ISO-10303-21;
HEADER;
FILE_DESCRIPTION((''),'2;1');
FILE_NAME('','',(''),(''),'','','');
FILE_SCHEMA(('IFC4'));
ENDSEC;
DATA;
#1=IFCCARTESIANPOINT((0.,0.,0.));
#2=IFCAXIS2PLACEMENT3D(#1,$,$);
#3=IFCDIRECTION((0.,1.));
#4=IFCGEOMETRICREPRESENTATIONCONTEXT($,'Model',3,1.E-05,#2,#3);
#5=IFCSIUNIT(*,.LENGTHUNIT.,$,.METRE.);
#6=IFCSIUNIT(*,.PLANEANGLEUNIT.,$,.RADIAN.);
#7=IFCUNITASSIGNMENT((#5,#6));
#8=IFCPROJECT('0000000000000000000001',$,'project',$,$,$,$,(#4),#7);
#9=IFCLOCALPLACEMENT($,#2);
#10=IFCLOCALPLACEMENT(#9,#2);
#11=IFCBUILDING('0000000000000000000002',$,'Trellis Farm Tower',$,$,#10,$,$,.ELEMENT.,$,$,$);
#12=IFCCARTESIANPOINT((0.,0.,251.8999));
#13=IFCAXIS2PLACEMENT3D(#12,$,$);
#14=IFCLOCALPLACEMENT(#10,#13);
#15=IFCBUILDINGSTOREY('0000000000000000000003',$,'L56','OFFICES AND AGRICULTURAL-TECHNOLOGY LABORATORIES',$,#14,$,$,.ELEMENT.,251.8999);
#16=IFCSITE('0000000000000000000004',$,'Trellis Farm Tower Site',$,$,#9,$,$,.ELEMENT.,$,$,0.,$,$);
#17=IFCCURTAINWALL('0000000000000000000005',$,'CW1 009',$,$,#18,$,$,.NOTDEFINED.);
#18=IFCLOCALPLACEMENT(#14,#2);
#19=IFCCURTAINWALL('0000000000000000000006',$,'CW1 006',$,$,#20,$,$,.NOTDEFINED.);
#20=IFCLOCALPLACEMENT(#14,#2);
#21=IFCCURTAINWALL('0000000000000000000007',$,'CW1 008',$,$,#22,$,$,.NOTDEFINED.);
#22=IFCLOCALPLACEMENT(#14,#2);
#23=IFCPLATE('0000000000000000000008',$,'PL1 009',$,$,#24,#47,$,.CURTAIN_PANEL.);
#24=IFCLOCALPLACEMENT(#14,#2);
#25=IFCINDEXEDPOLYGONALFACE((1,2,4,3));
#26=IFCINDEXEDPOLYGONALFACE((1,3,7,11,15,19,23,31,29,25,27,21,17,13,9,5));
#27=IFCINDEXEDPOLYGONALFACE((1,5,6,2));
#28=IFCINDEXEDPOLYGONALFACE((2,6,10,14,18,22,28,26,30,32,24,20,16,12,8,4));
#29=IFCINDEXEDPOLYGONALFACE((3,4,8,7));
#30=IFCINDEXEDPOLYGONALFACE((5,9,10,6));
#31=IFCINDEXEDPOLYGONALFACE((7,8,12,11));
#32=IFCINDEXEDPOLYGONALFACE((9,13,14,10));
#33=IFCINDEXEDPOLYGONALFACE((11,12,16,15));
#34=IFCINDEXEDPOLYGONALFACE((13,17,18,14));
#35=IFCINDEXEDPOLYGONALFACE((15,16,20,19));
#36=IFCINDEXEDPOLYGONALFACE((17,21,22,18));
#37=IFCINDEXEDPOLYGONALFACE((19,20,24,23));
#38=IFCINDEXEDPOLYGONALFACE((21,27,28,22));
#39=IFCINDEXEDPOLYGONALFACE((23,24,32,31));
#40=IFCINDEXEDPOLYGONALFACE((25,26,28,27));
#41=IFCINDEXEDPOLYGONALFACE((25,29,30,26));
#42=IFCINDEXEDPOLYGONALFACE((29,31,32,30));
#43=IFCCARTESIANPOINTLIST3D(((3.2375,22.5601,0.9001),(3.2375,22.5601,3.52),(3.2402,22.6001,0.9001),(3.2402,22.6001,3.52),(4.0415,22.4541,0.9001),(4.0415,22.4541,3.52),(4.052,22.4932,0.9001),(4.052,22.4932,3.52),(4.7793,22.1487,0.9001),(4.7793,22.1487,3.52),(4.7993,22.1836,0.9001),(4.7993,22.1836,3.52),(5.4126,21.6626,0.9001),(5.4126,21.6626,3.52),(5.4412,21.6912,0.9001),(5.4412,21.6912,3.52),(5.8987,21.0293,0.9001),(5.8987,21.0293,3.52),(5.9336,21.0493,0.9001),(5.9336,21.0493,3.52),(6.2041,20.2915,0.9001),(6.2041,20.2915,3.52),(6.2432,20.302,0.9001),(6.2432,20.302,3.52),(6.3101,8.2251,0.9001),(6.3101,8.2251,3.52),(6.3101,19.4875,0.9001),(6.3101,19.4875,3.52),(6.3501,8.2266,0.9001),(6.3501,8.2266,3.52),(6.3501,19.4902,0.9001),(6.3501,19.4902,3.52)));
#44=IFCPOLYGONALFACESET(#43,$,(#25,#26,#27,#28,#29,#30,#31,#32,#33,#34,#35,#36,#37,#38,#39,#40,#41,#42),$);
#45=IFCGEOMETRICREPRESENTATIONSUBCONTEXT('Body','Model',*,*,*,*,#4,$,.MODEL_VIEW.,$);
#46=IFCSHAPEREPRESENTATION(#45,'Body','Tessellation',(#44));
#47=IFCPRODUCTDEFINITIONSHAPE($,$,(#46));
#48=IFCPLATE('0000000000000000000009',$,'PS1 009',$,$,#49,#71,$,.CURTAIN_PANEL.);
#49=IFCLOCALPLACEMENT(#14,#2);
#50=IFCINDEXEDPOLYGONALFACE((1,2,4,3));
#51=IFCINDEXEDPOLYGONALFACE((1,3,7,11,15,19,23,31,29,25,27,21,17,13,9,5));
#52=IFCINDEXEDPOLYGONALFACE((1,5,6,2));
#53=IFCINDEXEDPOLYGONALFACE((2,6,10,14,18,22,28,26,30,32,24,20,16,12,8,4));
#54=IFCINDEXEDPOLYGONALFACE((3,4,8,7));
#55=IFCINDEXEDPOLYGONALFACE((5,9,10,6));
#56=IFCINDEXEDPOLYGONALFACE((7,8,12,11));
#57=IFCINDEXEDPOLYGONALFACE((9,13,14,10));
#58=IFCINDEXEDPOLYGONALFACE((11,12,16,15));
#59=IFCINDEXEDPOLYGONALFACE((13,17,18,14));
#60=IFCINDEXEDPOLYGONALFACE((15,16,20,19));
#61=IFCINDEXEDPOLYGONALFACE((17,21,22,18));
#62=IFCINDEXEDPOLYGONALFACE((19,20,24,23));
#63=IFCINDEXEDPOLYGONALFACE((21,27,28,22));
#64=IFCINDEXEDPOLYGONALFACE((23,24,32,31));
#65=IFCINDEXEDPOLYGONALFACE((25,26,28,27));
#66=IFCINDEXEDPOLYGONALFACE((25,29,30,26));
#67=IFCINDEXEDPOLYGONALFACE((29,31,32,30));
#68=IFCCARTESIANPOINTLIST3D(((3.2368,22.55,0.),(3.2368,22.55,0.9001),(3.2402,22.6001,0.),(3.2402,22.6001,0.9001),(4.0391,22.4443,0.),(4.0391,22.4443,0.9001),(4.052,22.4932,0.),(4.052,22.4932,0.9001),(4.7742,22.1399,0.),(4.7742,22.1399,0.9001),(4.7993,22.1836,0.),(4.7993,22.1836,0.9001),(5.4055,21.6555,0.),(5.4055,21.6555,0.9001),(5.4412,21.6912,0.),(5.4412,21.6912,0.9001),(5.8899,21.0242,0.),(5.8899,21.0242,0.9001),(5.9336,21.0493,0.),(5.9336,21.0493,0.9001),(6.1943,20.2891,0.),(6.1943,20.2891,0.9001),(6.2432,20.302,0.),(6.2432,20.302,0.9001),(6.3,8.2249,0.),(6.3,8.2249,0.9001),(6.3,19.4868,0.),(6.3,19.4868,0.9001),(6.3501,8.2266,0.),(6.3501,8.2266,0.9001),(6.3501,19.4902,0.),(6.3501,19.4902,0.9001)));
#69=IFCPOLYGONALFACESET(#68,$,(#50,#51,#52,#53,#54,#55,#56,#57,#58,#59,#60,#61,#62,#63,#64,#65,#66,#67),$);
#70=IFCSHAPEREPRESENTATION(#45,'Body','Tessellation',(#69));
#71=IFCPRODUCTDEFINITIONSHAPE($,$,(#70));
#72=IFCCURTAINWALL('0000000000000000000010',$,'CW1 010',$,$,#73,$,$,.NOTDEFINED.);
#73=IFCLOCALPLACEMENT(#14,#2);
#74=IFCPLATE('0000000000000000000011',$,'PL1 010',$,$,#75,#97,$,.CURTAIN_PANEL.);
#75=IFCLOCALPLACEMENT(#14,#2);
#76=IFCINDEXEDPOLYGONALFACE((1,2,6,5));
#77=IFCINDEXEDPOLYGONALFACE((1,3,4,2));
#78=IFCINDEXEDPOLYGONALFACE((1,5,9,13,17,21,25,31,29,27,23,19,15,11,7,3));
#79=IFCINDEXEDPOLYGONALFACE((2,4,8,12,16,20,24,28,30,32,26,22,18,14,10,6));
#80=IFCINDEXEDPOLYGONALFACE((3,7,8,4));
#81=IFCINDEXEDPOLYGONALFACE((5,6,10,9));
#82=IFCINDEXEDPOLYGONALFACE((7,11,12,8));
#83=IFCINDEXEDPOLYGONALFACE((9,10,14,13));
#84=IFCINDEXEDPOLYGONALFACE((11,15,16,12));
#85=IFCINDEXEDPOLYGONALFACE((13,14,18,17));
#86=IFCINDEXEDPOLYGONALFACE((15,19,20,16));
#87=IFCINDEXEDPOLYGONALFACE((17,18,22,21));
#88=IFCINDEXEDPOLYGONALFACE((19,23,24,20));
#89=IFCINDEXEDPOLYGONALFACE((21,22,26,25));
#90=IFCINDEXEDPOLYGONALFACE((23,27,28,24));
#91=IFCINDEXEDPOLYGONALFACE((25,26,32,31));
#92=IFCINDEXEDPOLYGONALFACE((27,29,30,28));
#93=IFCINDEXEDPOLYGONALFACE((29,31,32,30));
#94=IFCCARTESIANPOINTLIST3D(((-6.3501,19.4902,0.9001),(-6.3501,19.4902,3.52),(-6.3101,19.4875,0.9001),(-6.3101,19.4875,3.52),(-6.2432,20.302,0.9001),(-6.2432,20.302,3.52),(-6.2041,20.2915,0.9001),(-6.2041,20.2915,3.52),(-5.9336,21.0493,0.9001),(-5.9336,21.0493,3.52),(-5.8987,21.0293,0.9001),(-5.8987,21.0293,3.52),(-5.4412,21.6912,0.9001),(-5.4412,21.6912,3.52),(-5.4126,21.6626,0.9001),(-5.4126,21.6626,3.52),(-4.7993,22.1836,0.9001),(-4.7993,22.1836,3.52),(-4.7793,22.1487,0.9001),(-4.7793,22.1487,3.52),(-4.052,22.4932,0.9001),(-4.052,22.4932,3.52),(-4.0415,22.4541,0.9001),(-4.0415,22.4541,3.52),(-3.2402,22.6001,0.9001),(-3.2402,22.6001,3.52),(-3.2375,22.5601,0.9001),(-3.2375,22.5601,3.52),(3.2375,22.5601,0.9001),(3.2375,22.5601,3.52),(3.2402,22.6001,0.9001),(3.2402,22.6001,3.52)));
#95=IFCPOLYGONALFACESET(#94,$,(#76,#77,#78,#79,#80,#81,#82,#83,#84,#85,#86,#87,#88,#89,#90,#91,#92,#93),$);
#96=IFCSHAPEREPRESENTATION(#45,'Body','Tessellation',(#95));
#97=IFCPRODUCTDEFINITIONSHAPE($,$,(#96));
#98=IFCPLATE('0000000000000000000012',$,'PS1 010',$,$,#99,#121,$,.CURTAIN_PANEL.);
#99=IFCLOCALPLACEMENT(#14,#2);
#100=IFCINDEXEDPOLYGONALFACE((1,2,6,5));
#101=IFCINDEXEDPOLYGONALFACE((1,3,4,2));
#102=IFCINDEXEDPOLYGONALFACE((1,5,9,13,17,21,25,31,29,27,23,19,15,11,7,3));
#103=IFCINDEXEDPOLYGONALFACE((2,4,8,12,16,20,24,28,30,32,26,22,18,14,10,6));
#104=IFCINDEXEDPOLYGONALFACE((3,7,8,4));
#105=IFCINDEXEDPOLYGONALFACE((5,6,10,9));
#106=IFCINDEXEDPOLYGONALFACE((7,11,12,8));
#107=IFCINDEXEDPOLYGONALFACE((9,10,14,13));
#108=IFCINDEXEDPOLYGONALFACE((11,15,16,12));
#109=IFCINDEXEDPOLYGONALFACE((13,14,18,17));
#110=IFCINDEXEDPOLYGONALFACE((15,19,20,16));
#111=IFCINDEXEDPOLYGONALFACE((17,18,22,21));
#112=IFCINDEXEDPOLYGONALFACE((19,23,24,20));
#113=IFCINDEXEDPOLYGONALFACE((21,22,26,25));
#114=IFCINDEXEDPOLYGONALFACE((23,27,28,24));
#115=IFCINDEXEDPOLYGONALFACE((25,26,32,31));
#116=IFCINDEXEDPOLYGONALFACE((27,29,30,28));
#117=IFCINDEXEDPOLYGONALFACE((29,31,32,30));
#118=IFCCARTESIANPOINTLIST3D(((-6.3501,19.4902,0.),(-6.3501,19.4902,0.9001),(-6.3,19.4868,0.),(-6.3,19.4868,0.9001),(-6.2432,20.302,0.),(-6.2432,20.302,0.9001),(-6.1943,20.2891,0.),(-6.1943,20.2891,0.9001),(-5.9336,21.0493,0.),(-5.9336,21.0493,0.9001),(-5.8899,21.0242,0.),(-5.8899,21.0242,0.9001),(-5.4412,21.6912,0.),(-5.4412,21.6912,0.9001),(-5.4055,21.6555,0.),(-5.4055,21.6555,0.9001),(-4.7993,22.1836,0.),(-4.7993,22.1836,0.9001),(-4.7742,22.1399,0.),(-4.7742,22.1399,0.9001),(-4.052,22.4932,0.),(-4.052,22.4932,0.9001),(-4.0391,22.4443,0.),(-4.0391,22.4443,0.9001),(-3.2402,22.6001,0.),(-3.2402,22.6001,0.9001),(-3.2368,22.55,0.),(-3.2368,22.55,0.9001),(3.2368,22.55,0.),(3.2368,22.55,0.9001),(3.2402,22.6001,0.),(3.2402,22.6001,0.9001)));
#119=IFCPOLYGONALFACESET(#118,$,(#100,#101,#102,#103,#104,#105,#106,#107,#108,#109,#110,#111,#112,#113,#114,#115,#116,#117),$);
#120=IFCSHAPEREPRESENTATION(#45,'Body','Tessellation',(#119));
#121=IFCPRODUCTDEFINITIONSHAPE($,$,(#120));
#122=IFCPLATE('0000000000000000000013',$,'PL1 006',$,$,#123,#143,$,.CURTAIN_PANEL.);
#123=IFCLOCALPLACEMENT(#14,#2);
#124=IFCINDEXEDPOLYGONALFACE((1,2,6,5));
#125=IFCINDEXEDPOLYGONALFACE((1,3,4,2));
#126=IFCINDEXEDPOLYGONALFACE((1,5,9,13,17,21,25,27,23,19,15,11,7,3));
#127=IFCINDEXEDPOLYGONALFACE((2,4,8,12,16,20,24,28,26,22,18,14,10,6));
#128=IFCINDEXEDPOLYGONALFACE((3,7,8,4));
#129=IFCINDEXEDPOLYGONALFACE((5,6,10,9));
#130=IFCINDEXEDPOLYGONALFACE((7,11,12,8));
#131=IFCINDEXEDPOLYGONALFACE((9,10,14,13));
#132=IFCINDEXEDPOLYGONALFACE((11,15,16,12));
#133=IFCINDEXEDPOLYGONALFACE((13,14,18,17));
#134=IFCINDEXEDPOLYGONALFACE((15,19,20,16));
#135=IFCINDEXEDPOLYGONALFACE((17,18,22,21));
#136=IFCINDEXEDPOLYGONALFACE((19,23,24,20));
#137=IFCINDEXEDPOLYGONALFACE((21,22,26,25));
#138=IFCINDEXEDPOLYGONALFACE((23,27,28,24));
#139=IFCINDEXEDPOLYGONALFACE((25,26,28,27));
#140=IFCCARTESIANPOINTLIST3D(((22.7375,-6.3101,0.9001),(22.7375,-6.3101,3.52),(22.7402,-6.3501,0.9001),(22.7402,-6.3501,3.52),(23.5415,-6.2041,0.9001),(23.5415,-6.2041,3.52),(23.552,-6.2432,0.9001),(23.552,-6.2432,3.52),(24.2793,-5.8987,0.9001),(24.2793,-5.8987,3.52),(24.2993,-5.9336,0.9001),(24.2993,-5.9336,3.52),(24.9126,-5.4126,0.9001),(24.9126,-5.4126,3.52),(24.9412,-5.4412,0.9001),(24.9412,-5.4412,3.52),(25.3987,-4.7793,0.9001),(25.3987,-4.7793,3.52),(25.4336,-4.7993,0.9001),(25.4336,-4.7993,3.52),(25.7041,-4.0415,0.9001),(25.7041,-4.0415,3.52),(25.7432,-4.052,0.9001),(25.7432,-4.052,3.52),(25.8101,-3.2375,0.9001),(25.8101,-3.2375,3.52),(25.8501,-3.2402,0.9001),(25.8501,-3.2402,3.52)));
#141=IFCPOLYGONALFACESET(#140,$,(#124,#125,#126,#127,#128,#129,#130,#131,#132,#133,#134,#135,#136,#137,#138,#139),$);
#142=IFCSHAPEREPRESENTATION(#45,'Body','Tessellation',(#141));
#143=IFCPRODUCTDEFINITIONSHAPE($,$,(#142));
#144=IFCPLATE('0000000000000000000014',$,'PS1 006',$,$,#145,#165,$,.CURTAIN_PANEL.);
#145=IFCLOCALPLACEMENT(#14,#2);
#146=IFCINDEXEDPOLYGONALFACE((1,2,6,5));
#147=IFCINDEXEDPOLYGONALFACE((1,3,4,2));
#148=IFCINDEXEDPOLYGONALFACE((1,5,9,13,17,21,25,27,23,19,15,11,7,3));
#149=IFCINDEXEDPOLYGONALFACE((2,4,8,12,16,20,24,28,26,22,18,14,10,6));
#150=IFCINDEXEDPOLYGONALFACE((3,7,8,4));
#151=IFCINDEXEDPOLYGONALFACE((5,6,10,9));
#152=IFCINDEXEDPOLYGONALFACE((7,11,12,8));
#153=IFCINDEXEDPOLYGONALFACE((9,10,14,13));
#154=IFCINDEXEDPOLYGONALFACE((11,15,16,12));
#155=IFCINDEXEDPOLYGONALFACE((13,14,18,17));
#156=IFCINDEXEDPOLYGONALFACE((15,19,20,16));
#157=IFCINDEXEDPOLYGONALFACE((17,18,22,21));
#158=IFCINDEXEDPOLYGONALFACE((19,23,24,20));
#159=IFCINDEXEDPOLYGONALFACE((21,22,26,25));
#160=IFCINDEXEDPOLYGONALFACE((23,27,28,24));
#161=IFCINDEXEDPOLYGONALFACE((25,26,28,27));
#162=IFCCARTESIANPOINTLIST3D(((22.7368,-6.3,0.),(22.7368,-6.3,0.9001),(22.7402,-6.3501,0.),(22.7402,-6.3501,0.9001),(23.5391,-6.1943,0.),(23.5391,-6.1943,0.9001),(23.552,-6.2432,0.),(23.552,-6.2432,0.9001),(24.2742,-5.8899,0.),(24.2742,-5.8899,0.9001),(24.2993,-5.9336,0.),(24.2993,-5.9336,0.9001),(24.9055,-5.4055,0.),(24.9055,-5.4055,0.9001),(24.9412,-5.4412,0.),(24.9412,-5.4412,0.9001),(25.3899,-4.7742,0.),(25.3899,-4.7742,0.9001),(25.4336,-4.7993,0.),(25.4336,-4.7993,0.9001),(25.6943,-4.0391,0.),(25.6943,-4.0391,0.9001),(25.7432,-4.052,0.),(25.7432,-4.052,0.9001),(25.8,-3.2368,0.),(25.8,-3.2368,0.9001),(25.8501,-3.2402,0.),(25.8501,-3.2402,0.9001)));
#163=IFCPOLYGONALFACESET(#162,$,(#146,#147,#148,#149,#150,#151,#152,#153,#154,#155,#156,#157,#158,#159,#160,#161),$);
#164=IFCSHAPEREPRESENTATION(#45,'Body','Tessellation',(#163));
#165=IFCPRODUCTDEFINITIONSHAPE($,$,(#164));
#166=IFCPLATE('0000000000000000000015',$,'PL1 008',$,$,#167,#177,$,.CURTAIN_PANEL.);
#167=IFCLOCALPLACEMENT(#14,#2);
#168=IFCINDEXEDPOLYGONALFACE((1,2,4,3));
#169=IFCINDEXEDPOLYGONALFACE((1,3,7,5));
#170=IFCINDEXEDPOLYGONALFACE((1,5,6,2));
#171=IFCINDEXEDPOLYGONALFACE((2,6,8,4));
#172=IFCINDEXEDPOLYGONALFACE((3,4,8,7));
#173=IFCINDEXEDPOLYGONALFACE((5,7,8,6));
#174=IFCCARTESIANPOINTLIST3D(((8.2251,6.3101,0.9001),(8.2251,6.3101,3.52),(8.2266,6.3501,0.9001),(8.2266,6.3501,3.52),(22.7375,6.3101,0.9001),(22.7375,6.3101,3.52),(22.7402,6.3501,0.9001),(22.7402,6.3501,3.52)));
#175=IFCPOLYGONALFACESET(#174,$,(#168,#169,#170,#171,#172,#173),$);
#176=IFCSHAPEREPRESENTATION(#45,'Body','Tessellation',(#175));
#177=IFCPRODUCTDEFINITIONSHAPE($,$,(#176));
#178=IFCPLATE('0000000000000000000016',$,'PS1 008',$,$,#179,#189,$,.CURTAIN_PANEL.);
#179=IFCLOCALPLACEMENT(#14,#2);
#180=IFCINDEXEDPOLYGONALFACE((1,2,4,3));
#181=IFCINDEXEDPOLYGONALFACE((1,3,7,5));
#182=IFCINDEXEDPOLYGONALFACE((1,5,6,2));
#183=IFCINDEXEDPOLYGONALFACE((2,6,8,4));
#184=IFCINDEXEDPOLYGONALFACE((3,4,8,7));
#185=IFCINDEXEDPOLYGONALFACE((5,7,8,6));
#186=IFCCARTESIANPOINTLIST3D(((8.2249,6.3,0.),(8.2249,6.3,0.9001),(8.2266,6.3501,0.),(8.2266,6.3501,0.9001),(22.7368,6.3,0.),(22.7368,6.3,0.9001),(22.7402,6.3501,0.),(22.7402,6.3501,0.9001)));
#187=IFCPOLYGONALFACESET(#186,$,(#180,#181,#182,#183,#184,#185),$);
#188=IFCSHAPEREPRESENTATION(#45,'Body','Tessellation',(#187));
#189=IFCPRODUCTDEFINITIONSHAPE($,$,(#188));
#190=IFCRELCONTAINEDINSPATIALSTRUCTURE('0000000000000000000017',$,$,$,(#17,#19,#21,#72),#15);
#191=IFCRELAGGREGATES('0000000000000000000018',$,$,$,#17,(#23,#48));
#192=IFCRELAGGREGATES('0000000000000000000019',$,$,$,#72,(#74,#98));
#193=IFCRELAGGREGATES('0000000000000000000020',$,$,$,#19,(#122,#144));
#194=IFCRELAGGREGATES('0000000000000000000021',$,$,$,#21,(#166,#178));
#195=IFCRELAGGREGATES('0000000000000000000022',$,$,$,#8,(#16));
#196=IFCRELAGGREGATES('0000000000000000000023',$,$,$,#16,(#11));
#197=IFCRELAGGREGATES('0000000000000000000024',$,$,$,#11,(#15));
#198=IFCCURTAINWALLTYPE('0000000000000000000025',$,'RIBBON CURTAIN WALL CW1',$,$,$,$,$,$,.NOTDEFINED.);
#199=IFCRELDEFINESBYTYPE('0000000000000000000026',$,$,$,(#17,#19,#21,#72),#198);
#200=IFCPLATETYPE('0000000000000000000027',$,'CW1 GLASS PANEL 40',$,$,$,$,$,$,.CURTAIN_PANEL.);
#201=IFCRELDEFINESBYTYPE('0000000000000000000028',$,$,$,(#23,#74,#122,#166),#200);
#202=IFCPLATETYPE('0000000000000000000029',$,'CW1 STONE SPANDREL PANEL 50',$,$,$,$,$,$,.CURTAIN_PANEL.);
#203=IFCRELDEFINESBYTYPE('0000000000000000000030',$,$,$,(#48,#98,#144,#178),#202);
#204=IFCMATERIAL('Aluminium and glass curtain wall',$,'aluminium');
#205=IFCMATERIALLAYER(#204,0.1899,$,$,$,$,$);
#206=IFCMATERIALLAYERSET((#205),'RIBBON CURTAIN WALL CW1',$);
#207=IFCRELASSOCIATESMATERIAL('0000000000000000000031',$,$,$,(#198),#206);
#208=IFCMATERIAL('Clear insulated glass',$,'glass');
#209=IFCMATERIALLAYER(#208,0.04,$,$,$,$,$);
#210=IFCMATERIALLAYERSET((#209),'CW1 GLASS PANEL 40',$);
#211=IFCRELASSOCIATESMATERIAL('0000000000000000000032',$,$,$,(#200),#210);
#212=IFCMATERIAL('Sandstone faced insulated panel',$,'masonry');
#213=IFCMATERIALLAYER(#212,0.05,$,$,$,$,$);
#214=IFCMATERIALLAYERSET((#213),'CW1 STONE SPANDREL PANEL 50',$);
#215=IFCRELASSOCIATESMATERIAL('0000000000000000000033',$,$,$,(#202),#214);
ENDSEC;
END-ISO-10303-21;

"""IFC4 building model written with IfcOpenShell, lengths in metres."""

from ifc_helpers import new_model, si_unit, direction, frame, origin, place, context, subcontext, project, spatial, polyline, outline, extrude, source, transform, mapped, material, layer, layer_set, type_object, element, aggregate, save


model = new_model("IFC4")

# Units and contexts
model_context = context("Model", 3, precision=1e-05, world=origin(), true_north=direction((0.0, 1.0)))
body_context = subcontext(model_context, "Body", "Model", "MODEL_VIEW")
ifc_project = project(units=[si_unit("LENGTHUNIT", "METRE"), si_unit("PLANEANGLEUNIT", "RADIAN")], contexts=[model_context])

# Site, building, storey
site_placement = place(None, origin())
site = spatial("IfcSite", under=ifc_project, at=site_placement, Name="Trellis Farm Tower Site", CompositionType="ELEMENT", RefElevation=0.0)
building_placement = place(site_placement, origin())
building = spatial("IfcBuilding", under=site, at=building_placement, Name="Trellis Farm Tower", CompositionType="ELEMENT")
storey_placement = place(building_placement, frame((0.0, 0.0, 251.8999)))
storey = spatial("IfcBuildingStorey", under=building, at=storey_placement, Name="L56", Description="OFFICES AND AGRICULTURAL-TECHNOLOGY LABORATORIES", CompositionType="ELEMENT", Elevation=251.8999)

# Curtain walls
ifc_material_1 = material(Name="Aluminium and glass curtain wall", Category="aluminium")
placement_1 = place(storey_placement, origin())
ifc_layer_1 = layer(ifc_material_1, 0.1899)
ifc_layer_set_1 = layer_set([ifc_layer_1], Name="RIBBON CURTAIN WALL CW1")
curtain_wall_type_1 = type_object("IfcCurtainWallType", Name="RIBBON CURTAIN WALL CW1", PredefinedType="NOTDEFINED", material=ifc_layer_set_1)
curtain_wall_1 = element("IfcCurtainWall", 1, at=placement_1, inside=storey, type_object=curtain_wall_type_1, Name="CW1 009", PredefinedType="NOTDEFINED")
curtain_wall_2 = element("IfcCurtainWall", 2, at=placement_1, inside=storey, type_object=curtain_wall_type_1, Name="CW1 006", PredefinedType="NOTDEFINED")
curtain_wall_3 = element("IfcCurtainWall", 3, at=placement_1, inside=storey, type_object=curtain_wall_type_1, Name="CW1 008", PredefinedType="NOTDEFINED")

# Plates
ifc_material_2 = material(Name="Clear insulated glass", Category="glass")
ifc_layer_2 = layer(ifc_material_2, 0.04)
ifc_layer_set_2 = layer_set([ifc_layer_2], Name="CW1 GLASS PANEL 40")
plate_type_1 = type_object("IfcPlateType", Name="CW1 GLASS PANEL 40", PredefinedType="CURTAIN_PANEL", material=ifc_layer_set_2)
shared_shape_1 = source(origin(), body_context, "Body", "SweptSolid", [
    extrude(outline(polyline([(6.3501, 8.2266), (6.3501, 19.4902), (6.2432, 20.302), (5.9336, 21.0493), (5.4412, 21.6912), (4.7993, 22.1836), (4.052, 22.4932), (3.2402, 22.6001), (3.2375, 22.5601), (4.0415, 22.4541), (4.7793, 22.1487), (5.4126, 21.6626), (5.8987, 21.0293), (6.2041, 20.2915), (6.3101, 19.4875), (6.3101, 8.2251), (6.3501, 8.2266)])), origin(), (0.0, 0.0, 1.0), 2.6199),
])
placement_2 = place(storey_placement, frame((0.0, 0.0, 0.9001)))
plate_1 = element("IfcPlate", 4, at=placement_2, type_object=plate_type_1, Name="PL1 009", PredefinedType="CURTAIN_PANEL", context=body_context, shape_type="MappedRepresentation", body=[
    mapped(shared_shape_1, transform((0.0, 0.0, 0.0))),
])
ifc_material_3 = material(Name="Sandstone faced insulated panel", Category="masonry")
ifc_layer_3 = layer(ifc_material_3, 0.05)
ifc_layer_set_3 = layer_set([ifc_layer_3], Name="CW1 STONE SPANDREL PANEL 50")
plate_type_2 = type_object("IfcPlateType", Name="CW1 STONE SPANDREL PANEL 50", PredefinedType="CURTAIN_PANEL", material=ifc_layer_set_3)
shared_shape_2 = source(origin(), body_context, "Body", "SweptSolid", [
    extrude(outline(polyline([(6.3501, 8.2266), (6.3501, 19.4902), (6.2432, 20.302), (5.9336, 21.0493), (5.4412, 21.6912), (4.7993, 22.1836), (4.052, 22.4932), (3.2402, 22.6001), (3.2368, 22.55), (4.0391, 22.4443), (4.7742, 22.1399), (5.4055, 21.6555), (5.8899, 21.0242), (6.1943, 20.2891), (6.3, 19.4868), (6.3, 8.2249), (6.3501, 8.2266)])), origin(), (0.0, 0.0, 1.0), 0.9001),
])
plate_2 = element("IfcPlate", 5, at=placement_1, type_object=plate_type_2, Name="PS1 009", PredefinedType="CURTAIN_PANEL", context=body_context, shape_type="MappedRepresentation", body=[
    mapped(shared_shape_2, transform((0.0, 0.0, 0.0))),
])
aggregate(curtain_wall_1, [plate_1, plate_2])

# Curtain wall, plates
curtain_wall_4 = element("IfcCurtainWall", 6, at=placement_1, inside=storey, type_object=curtain_wall_type_1, Name="CW1 010", PredefinedType="NOTDEFINED")
shared_shape_3 = source(origin(), body_context, "Body", "SweptSolid", [
    extrude(outline(polyline([(3.2402, 22.6001), (-3.2402, 22.6001), (-4.052, 22.4932), (-4.7993, 22.1836), (-5.4412, 21.6912), (-5.9336, 21.0493), (-6.2432, 20.302), (-6.3501, 19.4902), (-6.3101, 19.4875), (-6.2041, 20.2915), (-5.8987, 21.0293), (-5.4126, 21.6626), (-4.7793, 22.1487), (-4.0415, 22.4541), (-3.2375, 22.5601), (3.2375, 22.5601), (3.2402, 22.6001)])), origin(), (0.0, 0.0, 1.0), 2.6199),
])
plate_3 = element("IfcPlate", 7, at=placement_2, type_object=plate_type_1, Name="PL1 010", PredefinedType="CURTAIN_PANEL", context=body_context, shape_type="MappedRepresentation", body=[
    mapped(shared_shape_3, transform((0.0, 0.0, 0.0))),
])
shared_shape_4 = source(origin(), body_context, "Body", "SweptSolid", [
    extrude(outline(polyline([(3.2402, 22.6001), (-3.2402, 22.6001), (-4.052, 22.4932), (-4.7993, 22.1836), (-5.4412, 21.6912), (-5.9336, 21.0493), (-6.2432, 20.302), (-6.3501, 19.4902), (-6.3, 19.4868), (-6.1943, 20.2891), (-5.8899, 21.0242), (-5.4055, 21.6555), (-4.7742, 22.1399), (-4.0391, 22.4443), (-3.2368, 22.55), (3.2368, 22.55), (3.2402, 22.6001)])), origin(), (0.0, 0.0, 1.0), 0.9001),
])
plate_4 = element("IfcPlate", 8, at=placement_1, type_object=plate_type_2, Name="PS1 010", PredefinedType="CURTAIN_PANEL", context=body_context, shape_type="MappedRepresentation", body=[
    mapped(shared_shape_4, transform((0.0, 0.0, 0.0))),
])
aggregate(curtain_wall_4, [plate_3, plate_4])

# Plates
shared_shape_5 = source(origin(), body_context, "Body", "SweptSolid", [
    extrude(outline(polyline([(22.7402, -6.3501), (23.552, -6.2432), (24.2993, -5.9336), (24.9412, -5.4412), (25.4336, -4.7993), (25.7432, -4.052), (25.8501, -3.2402), (25.8101, -3.2375), (25.7041, -4.0415), (25.3987, -4.7793), (24.9126, -5.4126), (24.2793, -5.8987), (23.5415, -6.2041), (22.7375, -6.3101), (22.7402, -6.3501)])), origin(), (0.0, 0.0, 1.0), 2.6199),
])
plate_5 = element("IfcPlate", 9, at=placement_2, type_object=plate_type_1, Name="PL1 006", PredefinedType="CURTAIN_PANEL", context=body_context, shape_type="MappedRepresentation", body=[
    mapped(shared_shape_5, transform((0.0, 0.0, 0.0))),
])
shared_shape_6 = source(origin(), body_context, "Body", "SweptSolid", [
    extrude(outline(polyline([(22.7402, -6.3501), (23.552, -6.2432), (24.2993, -5.9336), (24.9412, -5.4412), (25.4336, -4.7993), (25.7432, -4.052), (25.8501, -3.2402), (25.8, -3.2368), (25.6943, -4.0391), (25.3899, -4.7742), (24.9055, -5.4055), (24.2742, -5.8899), (23.5391, -6.1943), (22.7368, -6.3), (22.7402, -6.3501)])), origin(), (0.0, 0.0, 1.0), 0.9001),
])
plate_6 = element("IfcPlate", 10, at=placement_1, type_object=plate_type_2, Name="PS1 006", PredefinedType="CURTAIN_PANEL", context=body_context, shape_type="MappedRepresentation", body=[
    mapped(shared_shape_6, transform((0.0, 0.0, 0.0))),
])
aggregate(curtain_wall_2, [plate_5, plate_6])
shared_shape_7 = source(origin(), body_context, "Body", "SweptSolid", [
    extrude(outline(polyline([(22.7402, 6.3501), (8.2266, 6.3501), (8.2251, 6.3101), (22.7375, 6.3101), (22.7402, 6.3501)])), origin(), (0.0, 0.0, 1.0), 2.6199),
])
plate_7 = element("IfcPlate", 11, at=placement_2, type_object=plate_type_1, Name="PL1 008", PredefinedType="CURTAIN_PANEL", context=body_context, shape_type="MappedRepresentation", body=[
    mapped(shared_shape_7, transform((0.0, 0.0, 0.0))),
])
shared_shape_8 = source(origin(), body_context, "Body", "SweptSolid", [
    extrude(outline(polyline([(22.7402, 6.3501), (8.2266, 6.3501), (8.2249, 6.3), (22.7368, 6.3), (22.7402, 6.3501)])), origin(), (0.0, 0.0, 1.0), 0.9001),
])
plate_8 = element("IfcPlate", 12, at=placement_1, type_object=plate_type_2, Name="PS1 008", PredefinedType="CURTAIN_PANEL", context=body_context, shape_type="MappedRepresentation", body=[
    mapped(shared_shape_8, transform((0.0, 0.0, 0.0))),
])
aggregate(curtain_wall_3, [plate_7, plate_8])

save(model, "model.ifc")
